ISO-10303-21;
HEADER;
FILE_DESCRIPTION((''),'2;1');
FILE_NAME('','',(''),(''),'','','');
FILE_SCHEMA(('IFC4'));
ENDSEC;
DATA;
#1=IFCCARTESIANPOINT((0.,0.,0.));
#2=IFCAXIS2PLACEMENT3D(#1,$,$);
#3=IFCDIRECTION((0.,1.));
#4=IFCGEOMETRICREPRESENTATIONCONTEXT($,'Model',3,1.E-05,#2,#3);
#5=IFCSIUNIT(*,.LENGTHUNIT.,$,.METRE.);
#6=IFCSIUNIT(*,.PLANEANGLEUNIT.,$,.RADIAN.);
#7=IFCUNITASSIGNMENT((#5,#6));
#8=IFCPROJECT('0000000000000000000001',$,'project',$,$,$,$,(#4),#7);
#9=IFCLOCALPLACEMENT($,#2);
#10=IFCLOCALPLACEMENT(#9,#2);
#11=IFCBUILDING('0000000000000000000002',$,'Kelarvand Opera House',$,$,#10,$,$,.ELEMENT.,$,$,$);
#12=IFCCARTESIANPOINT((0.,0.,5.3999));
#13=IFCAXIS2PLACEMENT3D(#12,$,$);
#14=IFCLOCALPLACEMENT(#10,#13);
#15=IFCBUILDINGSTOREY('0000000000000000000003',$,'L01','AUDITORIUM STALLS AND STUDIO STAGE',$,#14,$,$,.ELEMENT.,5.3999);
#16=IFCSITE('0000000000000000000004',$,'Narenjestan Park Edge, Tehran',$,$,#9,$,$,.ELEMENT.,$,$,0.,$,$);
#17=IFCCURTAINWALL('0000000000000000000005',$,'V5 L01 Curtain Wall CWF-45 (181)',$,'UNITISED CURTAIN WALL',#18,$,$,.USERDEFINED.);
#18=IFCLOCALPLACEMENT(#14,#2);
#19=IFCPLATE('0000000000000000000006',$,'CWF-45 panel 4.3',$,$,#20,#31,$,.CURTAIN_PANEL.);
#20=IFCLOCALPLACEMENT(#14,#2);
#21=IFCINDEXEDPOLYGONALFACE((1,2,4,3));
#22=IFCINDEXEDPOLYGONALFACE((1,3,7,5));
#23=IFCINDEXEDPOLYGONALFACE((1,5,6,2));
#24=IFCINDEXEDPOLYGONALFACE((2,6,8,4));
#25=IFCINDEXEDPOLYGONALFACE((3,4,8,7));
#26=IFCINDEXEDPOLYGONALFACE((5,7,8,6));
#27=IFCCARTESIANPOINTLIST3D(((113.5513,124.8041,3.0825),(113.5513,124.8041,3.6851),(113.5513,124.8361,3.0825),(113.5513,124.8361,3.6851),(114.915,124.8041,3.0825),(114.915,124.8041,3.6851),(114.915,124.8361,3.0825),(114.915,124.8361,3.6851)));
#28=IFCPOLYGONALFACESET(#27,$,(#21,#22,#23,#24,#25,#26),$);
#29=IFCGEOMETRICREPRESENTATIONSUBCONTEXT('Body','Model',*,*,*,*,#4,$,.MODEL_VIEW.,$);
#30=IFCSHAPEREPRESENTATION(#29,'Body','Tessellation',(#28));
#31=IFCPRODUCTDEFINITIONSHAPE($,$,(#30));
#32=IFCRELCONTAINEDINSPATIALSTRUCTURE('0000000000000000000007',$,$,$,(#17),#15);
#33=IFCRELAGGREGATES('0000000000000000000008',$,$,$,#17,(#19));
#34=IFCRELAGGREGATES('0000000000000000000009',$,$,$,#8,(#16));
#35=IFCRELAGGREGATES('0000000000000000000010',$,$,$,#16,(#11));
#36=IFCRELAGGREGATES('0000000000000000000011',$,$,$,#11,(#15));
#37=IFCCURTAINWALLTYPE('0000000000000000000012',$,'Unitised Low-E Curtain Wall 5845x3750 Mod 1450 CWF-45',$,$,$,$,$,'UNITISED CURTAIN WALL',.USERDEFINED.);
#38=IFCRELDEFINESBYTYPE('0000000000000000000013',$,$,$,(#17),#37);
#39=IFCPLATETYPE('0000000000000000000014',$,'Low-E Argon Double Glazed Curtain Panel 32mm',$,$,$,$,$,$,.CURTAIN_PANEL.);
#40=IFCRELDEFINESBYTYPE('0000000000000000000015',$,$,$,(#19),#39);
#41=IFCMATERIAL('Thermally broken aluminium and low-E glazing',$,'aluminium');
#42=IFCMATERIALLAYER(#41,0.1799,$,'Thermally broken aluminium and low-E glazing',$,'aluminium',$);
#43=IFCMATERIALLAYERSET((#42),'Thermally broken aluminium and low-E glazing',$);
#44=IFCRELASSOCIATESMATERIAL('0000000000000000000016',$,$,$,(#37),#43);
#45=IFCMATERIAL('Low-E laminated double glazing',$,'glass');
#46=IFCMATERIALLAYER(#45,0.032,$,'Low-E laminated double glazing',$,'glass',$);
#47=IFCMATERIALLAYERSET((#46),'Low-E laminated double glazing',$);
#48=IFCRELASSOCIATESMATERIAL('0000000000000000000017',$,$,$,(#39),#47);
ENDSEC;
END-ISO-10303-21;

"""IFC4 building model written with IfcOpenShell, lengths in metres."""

from ifc_helpers import new_model, si_unit, direction, frame, origin, origin_2d, place, context, subcontext, project, spatial, rectangle, extrude, material, layer, layer_set, type_object, element, aggregate, save


model = new_model("IFC4")

# Units and contexts
model_context = context("Model", 3, precision=1e-05, world=origin(), true_north=direction((0.0, 1.0)))
body_context = subcontext(model_context, "Body", "Model", "MODEL_VIEW")
ifc_project = project(units=[si_unit("LENGTHUNIT", "METRE"), si_unit("PLANEANGLEUNIT", "RADIAN")], contexts=[model_context])

# Site, building, storey
site_placement = place(None, origin())
site = spatial("IfcSite", under=ifc_project, at=site_placement, Name="Narenjestan Park Edge, Tehran", CompositionType="ELEMENT", RefElevation=0.0)
building_placement = place(site_placement, origin())
building = spatial("IfcBuilding", under=site, at=building_placement, Name="Kelarvand Opera House", CompositionType="ELEMENT")
storey_placement = place(building_placement, frame((0.0, 0.0, 5.3999)))
storey = spatial("IfcBuildingStorey", under=building, at=storey_placement, Name="L01", Description="AUDITORIUM STALLS AND STUDIO STAGE", CompositionType="ELEMENT", Elevation=5.3999)

# Curtain wall
ifc_material_1 = material(Name="Thermally broken aluminium and low-E glazing", Category="aluminium")
ifc_layer_1 = layer(ifc_material_1, 0.1799, Name="Thermally broken aluminium and low-E glazing", Category="aluminium")
ifc_layer_set_1 = layer_set([ifc_layer_1], Name="Thermally broken aluminium and low-E glazing")
curtain_wall_type_1 = type_object("IfcCurtainWallType", Name="Unitised Low-E Curtain Wall 5845x3750 Mod 1450 CWF-45", ElementType="UNITISED CURTAIN WALL", PredefinedType="USERDEFINED", material=ifc_layer_set_1)
curtain_wall_1_placement = place(storey_placement, origin())
curtain_wall_1 = element("IfcCurtainWall", 1, at=curtain_wall_1_placement, inside=storey, type_object=curtain_wall_type_1, Name="V5 L01 Curtain Wall CWF-45 (181)", ObjectType="UNITISED CURTAIN WALL", PredefinedType="USERDEFINED")

# Plate
ifc_material_2 = material(Name="Low-E laminated double glazing", Category="glass")
ifc_layer_2 = layer(ifc_material_2, 0.032, Name="Low-E laminated double glazing", Category="glass")
ifc_layer_set_2 = layer_set([ifc_layer_2], Name="Low-E laminated double glazing")
plate_type = type_object("IfcPlateType", Name="Low-E Argon Double Glazed Curtain Panel 32mm", PredefinedType="CURTAIN_PANEL", material=ifc_layer_set_2)
plate_1_placement = place(storey_placement, frame((114.2332, 124.8201, 3.0825), z_axis=(0.0, 0.0, 1.0), x_axis=(1.0, 0.0, 0.0)))
plate_1 = element("IfcPlate", 2, at=plate_1_placement, type_object=plate_type, Name="CWF-45 panel 4.3", PredefinedType="CURTAIN_PANEL", context=body_context, shape_type="SweptSolid", body=[
    extrude(rectangle(XDim=1.3638, YDim=0.032, at=origin_2d()), origin(), (0.0, 0.0, 1.0), 0.6025),
])
aggregate(curtain_wall_1, [plate_1])

save(model, "model.ifc")
